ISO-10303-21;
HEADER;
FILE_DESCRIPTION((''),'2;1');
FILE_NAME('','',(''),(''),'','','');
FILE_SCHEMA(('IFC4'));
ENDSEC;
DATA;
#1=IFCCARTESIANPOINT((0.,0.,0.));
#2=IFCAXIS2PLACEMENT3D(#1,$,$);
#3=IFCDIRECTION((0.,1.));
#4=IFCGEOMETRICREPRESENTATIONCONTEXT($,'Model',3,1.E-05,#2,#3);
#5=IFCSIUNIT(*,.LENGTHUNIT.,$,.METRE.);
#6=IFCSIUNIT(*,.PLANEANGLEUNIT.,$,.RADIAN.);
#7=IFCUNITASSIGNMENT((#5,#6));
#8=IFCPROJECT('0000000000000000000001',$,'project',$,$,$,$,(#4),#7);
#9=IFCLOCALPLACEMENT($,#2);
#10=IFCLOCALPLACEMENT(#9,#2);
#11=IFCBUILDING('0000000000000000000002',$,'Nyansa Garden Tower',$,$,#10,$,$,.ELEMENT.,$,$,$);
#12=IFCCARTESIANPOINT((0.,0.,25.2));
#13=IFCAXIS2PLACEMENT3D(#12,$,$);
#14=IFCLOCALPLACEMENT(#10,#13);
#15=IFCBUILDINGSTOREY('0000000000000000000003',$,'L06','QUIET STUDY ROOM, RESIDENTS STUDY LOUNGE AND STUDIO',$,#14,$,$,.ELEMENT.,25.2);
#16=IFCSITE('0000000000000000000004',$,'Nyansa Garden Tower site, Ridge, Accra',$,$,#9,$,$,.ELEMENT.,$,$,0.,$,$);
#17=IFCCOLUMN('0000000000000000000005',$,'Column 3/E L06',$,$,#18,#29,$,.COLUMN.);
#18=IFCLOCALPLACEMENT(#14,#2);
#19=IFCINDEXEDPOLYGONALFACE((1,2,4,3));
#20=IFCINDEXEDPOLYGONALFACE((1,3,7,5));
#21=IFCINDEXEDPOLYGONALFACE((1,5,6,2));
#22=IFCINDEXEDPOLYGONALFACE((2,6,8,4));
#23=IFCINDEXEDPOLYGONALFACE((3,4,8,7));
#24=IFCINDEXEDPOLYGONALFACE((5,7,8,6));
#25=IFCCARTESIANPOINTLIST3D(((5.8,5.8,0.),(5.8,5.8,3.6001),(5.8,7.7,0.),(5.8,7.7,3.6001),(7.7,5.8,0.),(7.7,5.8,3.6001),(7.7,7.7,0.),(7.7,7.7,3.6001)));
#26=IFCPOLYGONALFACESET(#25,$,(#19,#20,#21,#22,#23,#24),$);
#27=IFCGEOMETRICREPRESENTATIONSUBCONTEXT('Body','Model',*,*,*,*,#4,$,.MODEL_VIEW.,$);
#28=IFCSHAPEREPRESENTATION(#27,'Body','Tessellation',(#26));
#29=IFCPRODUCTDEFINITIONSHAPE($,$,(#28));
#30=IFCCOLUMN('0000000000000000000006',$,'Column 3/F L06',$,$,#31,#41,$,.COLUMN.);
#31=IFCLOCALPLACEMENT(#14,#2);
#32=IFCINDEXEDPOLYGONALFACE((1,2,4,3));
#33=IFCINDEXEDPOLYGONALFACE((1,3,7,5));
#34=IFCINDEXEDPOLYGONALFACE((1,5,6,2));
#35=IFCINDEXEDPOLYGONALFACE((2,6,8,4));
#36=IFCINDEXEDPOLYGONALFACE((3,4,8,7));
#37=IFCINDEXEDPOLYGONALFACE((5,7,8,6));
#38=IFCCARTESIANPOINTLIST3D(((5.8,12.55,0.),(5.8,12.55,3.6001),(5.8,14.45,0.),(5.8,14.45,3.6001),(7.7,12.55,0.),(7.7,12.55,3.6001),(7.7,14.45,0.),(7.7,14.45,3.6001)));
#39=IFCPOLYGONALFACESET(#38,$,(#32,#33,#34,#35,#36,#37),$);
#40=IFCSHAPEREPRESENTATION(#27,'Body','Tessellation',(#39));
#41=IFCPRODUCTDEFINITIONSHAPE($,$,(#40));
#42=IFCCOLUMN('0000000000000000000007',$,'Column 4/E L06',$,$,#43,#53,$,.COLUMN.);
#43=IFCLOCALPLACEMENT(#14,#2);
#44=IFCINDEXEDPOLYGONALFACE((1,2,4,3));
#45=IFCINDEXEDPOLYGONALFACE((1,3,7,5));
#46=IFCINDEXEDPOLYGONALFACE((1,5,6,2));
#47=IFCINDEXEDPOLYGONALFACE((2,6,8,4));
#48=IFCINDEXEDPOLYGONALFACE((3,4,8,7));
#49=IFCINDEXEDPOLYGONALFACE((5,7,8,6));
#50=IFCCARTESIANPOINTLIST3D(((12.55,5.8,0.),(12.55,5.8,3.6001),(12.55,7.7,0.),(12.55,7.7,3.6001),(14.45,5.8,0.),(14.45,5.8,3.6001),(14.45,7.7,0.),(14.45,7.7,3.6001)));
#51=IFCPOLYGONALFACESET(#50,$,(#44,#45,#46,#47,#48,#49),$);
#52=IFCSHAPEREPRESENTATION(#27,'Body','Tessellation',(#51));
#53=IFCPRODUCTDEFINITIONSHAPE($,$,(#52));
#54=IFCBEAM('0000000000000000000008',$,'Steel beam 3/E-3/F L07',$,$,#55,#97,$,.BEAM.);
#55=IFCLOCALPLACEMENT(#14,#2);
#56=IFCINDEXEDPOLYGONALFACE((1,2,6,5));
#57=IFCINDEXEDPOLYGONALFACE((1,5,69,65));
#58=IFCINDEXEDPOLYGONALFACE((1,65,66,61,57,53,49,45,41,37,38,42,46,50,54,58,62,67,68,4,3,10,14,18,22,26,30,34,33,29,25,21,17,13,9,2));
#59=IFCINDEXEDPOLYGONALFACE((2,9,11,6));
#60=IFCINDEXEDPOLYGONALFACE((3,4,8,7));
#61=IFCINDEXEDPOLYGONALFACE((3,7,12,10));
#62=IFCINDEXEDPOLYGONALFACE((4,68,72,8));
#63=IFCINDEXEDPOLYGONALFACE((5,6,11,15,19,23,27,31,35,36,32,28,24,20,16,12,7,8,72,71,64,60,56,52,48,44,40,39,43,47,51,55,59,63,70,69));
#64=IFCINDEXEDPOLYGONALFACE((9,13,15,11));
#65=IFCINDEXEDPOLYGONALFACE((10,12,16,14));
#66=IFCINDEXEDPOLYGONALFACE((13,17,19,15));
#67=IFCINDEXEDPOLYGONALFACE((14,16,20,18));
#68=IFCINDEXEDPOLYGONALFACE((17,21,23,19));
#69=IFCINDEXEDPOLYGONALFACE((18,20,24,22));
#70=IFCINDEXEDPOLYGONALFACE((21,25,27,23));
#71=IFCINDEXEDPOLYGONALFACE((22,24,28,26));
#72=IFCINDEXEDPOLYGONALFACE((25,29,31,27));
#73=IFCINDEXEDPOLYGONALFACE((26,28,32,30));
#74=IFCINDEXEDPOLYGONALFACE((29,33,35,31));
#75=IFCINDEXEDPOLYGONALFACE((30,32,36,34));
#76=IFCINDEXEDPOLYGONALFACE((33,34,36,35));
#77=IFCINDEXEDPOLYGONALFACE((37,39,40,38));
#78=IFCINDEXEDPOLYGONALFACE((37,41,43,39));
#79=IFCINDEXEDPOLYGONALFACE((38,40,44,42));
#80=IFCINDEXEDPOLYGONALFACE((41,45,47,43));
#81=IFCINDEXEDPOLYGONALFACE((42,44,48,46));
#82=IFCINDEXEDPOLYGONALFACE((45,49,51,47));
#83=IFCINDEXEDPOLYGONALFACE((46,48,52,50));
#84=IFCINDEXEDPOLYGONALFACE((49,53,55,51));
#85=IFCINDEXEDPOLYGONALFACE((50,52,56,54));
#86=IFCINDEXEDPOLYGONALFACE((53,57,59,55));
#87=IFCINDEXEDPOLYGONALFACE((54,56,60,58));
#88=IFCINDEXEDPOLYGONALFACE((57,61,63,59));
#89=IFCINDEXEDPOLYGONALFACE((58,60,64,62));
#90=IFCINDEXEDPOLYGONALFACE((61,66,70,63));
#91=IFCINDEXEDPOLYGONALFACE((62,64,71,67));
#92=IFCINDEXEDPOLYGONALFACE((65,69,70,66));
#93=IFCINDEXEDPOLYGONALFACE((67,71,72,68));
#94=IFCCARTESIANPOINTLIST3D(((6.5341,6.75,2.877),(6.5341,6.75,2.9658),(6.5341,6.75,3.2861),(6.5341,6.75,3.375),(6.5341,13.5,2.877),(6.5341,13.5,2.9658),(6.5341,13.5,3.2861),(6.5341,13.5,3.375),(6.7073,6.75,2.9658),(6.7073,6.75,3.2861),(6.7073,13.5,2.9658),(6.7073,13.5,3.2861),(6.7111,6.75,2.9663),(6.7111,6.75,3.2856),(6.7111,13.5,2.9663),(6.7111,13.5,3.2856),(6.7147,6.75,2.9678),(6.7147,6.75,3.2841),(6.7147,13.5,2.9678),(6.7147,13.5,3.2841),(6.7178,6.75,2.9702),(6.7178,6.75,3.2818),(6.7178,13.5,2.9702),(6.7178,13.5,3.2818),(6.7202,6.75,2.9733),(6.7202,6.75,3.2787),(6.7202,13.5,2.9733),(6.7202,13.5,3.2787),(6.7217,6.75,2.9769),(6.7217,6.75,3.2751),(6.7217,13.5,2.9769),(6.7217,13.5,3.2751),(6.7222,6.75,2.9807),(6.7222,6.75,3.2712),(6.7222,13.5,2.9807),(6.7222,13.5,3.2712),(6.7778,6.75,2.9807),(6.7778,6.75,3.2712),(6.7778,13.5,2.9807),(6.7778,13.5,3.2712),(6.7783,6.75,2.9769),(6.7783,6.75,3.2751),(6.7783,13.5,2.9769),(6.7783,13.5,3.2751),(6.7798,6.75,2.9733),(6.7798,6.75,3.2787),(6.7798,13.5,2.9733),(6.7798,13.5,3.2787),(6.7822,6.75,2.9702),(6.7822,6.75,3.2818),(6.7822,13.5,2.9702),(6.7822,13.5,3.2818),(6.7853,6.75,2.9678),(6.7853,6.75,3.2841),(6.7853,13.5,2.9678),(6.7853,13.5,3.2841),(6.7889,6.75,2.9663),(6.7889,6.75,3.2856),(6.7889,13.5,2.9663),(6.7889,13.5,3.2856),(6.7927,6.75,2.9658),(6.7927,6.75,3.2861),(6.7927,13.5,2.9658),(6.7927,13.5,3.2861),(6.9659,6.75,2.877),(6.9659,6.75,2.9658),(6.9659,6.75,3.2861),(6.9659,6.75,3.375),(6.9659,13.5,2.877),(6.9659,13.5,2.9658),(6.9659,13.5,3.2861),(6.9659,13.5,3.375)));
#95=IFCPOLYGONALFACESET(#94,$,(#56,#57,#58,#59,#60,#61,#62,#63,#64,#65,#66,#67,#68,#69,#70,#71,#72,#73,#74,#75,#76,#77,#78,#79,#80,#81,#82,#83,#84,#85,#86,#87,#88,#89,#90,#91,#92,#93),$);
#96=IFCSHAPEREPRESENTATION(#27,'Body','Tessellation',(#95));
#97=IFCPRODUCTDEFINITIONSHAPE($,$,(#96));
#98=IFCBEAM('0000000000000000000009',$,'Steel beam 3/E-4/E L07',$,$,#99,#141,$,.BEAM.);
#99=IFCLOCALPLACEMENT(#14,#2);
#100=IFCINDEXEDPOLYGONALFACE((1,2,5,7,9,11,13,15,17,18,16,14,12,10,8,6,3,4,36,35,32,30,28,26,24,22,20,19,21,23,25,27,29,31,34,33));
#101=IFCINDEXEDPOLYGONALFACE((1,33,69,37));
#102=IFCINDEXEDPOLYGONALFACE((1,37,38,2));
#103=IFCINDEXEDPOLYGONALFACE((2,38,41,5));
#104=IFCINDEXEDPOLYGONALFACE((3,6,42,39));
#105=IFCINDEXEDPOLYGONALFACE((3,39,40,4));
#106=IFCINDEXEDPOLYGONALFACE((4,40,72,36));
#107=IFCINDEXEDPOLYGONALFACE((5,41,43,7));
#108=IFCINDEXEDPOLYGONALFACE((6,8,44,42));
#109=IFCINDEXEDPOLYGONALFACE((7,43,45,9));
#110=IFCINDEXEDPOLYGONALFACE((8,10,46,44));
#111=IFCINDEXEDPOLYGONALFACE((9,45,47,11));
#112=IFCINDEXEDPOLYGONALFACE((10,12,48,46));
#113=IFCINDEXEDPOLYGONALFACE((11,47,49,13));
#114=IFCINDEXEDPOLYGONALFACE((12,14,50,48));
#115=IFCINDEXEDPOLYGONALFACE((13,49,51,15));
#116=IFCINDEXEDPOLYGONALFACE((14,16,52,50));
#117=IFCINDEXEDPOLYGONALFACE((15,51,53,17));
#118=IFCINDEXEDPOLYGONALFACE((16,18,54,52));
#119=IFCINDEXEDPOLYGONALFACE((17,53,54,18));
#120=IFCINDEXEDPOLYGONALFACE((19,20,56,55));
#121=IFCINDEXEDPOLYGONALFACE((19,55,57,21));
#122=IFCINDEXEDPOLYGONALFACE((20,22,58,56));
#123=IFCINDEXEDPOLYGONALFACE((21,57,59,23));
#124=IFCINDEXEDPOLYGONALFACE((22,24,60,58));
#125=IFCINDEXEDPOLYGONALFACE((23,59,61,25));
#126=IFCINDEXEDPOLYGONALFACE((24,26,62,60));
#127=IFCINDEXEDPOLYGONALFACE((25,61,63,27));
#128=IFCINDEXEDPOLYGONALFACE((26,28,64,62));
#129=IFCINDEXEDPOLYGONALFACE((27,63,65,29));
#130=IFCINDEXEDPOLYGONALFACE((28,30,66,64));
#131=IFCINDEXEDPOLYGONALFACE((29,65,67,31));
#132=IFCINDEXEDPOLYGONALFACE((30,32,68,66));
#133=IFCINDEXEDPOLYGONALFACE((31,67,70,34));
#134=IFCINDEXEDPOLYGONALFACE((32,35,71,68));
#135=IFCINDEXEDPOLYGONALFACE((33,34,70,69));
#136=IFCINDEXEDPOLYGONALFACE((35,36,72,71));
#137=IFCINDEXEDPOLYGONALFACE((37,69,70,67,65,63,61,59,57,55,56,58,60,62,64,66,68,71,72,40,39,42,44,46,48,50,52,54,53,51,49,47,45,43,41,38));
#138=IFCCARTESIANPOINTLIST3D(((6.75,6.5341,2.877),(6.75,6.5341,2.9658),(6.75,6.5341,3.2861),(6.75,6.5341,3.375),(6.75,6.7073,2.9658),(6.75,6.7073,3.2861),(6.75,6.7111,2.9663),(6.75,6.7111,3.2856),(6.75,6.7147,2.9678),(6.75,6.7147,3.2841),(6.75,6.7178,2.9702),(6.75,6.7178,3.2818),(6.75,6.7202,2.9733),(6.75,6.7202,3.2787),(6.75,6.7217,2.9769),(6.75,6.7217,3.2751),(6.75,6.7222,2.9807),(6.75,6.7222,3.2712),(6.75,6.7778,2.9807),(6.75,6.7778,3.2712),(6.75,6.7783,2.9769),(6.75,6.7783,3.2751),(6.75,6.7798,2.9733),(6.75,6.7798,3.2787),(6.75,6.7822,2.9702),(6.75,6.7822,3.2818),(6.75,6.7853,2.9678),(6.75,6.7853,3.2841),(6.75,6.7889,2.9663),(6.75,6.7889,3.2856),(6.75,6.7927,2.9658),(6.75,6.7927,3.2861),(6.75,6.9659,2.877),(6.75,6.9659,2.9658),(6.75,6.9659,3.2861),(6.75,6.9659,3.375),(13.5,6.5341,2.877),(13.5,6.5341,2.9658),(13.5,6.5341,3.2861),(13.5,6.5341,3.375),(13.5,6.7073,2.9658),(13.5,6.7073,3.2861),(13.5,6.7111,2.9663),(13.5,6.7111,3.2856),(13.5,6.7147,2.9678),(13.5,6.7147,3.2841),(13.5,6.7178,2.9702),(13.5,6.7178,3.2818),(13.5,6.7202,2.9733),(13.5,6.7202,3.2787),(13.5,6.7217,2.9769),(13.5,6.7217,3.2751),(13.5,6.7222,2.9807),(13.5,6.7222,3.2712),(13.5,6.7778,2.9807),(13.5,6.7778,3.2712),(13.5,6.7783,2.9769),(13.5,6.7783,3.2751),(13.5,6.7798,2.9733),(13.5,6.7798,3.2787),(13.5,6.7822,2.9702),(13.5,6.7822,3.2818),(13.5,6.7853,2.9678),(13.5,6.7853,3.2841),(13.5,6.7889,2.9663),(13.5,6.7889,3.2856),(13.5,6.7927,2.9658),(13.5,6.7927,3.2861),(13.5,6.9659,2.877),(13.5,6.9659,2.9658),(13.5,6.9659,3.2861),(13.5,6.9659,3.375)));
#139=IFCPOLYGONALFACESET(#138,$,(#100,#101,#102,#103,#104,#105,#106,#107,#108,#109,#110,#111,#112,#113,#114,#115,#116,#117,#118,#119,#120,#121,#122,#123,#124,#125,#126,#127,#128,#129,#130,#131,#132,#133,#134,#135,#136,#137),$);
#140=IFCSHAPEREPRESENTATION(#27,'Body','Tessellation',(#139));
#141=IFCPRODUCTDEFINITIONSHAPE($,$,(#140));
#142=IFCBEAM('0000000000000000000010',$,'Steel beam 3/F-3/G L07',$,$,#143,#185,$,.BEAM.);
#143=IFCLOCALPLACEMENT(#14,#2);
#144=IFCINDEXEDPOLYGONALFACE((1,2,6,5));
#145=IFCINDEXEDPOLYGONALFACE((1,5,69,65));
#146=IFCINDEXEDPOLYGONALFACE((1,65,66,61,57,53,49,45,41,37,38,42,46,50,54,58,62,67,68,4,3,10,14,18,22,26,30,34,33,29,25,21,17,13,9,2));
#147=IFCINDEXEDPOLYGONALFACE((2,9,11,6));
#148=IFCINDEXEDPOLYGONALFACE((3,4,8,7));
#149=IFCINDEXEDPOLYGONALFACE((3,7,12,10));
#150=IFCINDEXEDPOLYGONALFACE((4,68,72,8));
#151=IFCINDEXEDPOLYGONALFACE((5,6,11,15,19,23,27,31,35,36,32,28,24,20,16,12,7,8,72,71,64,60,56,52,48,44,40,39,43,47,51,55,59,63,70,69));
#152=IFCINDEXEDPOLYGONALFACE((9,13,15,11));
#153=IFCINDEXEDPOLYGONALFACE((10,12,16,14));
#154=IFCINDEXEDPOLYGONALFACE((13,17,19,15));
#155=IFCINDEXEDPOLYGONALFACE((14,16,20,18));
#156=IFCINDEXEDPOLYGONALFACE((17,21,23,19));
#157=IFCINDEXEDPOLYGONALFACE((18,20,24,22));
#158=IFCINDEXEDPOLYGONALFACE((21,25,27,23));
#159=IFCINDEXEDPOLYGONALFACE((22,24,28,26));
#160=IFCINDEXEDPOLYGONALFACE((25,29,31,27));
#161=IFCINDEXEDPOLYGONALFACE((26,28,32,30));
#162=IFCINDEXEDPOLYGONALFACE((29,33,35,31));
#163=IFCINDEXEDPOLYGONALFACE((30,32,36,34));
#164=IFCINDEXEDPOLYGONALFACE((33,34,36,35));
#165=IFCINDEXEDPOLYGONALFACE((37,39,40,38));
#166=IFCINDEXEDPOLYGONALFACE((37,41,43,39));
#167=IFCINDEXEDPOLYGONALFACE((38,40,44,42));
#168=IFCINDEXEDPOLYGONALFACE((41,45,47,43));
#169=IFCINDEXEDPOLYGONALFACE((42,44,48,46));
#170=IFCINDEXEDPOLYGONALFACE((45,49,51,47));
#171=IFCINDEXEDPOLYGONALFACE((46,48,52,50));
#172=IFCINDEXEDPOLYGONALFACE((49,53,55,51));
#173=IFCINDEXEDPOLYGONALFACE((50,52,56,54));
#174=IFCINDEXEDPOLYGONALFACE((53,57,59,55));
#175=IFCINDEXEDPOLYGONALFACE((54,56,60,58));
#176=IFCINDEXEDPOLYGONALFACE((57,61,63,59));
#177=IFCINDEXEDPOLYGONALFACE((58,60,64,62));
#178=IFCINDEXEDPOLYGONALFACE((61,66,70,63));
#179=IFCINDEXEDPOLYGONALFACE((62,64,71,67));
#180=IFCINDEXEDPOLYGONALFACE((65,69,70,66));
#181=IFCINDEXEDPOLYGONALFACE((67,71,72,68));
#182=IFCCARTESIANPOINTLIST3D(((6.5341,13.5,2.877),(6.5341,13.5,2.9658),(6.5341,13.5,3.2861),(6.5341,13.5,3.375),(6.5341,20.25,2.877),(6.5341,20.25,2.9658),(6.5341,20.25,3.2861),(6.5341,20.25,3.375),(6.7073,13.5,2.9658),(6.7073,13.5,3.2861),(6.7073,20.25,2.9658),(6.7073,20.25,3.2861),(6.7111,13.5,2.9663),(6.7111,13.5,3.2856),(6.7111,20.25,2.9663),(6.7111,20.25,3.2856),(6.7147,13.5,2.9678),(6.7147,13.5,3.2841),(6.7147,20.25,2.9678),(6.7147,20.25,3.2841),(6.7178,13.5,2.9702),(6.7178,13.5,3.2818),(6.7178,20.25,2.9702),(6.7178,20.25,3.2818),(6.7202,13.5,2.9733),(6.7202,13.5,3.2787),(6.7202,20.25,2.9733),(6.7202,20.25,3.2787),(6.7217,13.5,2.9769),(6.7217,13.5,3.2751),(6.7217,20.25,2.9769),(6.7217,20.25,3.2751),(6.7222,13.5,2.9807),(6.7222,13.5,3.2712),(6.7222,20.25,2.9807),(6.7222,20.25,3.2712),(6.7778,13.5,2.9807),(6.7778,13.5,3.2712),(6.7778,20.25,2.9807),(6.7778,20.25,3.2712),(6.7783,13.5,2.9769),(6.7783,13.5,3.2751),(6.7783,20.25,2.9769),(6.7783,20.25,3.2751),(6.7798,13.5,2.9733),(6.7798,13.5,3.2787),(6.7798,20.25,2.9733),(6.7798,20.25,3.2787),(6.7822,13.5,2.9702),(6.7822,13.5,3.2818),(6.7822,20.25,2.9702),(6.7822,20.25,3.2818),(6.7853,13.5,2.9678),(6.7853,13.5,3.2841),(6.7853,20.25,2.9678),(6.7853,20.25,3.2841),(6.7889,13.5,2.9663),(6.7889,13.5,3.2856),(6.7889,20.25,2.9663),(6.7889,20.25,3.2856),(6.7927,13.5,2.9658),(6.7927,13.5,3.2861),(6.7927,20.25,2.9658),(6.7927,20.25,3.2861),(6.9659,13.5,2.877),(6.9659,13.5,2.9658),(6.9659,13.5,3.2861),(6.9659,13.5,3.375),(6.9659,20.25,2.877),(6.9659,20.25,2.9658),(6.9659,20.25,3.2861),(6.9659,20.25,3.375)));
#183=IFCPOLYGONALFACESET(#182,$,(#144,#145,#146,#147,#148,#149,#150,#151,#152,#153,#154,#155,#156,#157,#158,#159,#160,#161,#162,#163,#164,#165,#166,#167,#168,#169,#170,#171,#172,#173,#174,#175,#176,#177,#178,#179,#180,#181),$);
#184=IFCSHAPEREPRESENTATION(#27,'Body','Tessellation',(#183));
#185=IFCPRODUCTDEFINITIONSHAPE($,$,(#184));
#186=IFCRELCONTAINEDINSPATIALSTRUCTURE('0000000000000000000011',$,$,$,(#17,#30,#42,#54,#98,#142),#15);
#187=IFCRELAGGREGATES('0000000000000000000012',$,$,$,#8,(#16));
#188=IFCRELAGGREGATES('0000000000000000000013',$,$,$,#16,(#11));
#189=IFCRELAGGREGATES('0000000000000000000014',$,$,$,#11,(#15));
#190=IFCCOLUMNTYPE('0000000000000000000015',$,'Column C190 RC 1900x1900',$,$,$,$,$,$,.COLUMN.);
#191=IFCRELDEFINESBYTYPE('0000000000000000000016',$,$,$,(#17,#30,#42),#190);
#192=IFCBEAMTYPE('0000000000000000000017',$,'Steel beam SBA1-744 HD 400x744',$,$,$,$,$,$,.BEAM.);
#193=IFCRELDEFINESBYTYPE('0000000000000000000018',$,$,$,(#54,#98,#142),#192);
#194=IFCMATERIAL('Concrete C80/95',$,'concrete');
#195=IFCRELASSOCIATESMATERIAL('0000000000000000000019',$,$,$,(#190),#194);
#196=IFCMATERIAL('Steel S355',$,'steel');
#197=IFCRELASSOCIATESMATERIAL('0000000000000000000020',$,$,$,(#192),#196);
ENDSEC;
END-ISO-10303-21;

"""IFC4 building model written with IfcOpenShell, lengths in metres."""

from ifc_helpers import new_model, si_unit, direction, frame, origin, origin_2d, place, context, subcontext, project, spatial, rectangle, i_section, extrude, material, material_profile, profile_set, type_object, element, save


model = new_model("IFC4")

# Units and contexts
model_context = context("Model", 3, precision=1e-05, world=origin(), true_north=direction((0.0, 1.0)))
body_context = subcontext(model_context, "Body", "Model", "MODEL_VIEW")
ifc_project = project(units=[si_unit("LENGTHUNIT", "METRE"), si_unit("PLANEANGLEUNIT", "RADIAN")], contexts=[model_context])

# Site, building, storey
site_placement = place(None, origin())
site = spatial("IfcSite", under=ifc_project, at=site_placement, Name="Nyansa Garden Tower site, Ridge, Accra", CompositionType="ELEMENT", RefElevation=0.0)
building_placement = place(site_placement, origin())
building = spatial("IfcBuilding", under=site, at=building_placement, Name="Nyansa Garden Tower", CompositionType="ELEMENT")
storey_placement = place(building_placement, frame((0.0, 0.0, 25.2)))
storey = spatial("IfcBuildingStorey", under=building, at=storey_placement, Name="L06", Description="QUIET STUDY ROOM, RESIDENTS STUDY LOUNGE AND STUDIO", CompositionType="ELEMENT", Elevation=25.2)

# Columns
ifc_material_1 = material(Name="Concrete C80/95", Category="concrete")
ifc_material_profile_1 = material_profile(ifc_material_1, rectangle(XDim=1.8999, YDim=1.8999, at=origin_2d()), Name="RC 1900x1900")
ifc_profile_set_1 = profile_set([ifc_material_profile_1], Name="Concrete C80/95")
column_type = type_object("IfcColumnType", Name="Column C190 RC 1900x1900", PredefinedType="COLUMN", material=ifc_profile_set_1)
for number, where, z_axis, x_axis, name in (
    (1, (6.75, 6.75, 0.0), (0.0, 0.0, 1.0), (1.0, 0.0, 0.0), "Column 3/E L06"),
    (2, (6.75, 13.5, 0.0), (0.0, 0.0, 1.0), (1.0, 0.0, 0.0), "Column 3/F L06"),
    (3, (13.5, 6.75, 0.0), (0.0, 0.0, 1.0), (1.0, 0.0, 0.0), "Column 4/E L06"),
):
    element("IfcColumn", number, at=place(storey_placement, frame(where, z_axis=z_axis, x_axis=x_axis)), inside=storey, type_object=column_type, Name=name, PredefinedType="COLUMN", context=body_context, shape_type="SweptSolid", body=[
        extrude(rectangle(XDim=1.8999, YDim=1.8999, at=origin_2d()), origin(), (0.0, 0.0, 1.0), 3.6001),
    ])

# Beams
ifc_material_2 = material(Name="Steel S355", Category="steel")
ifc_material_profile_2 = material_profile(ifc_material_2, i_section(OverallWidth=0.4319, OverallDepth=0.498, WebThickness=0.0557, FlangeThickness=0.0889, FilletRadius=0.0149, at=origin_2d()), Name="HD 400x744")
ifc_profile_set_2 = profile_set([ifc_material_profile_2], Name="Steel S355")
beam_type_1 = type_object("IfcBeamType", Name="Steel beam SBA1-744 HD 400x744", PredefinedType="BEAM", material=ifc_profile_set_2)
for number, where, z_axis, x_axis, name in (
    (4, (6.75, 6.75, 3.126), (0.0, 1.0, 0.0), (-1.0, 0.0, 0.0), "Steel beam 3/E-3/F L07"),
    (5, (6.75, 6.75, 3.126), (1.0, 0.0, 0.0), (0.0, 1.0, 0.0), "Steel beam 3/E-4/E L07"),
    (6, (6.75, 13.5, 3.126), (0.0, 1.0, 0.0), (-1.0, 0.0, 0.0), "Steel beam 3/F-3/G L07"),
):
    element("IfcBeam", number, at=place(storey_placement, frame(where, z_axis=z_axis, x_axis=x_axis)), inside=storey, type_object=beam_type_1, Name=name, PredefinedType="BEAM", context=body_context, shape_type="SweptSolid", body=[
        extrude(i_section(OverallWidth=0.4319, OverallDepth=0.498, WebThickness=0.0557, FlangeThickness=0.0889, FilletRadius=0.0149, at=origin_2d()), origin(), (0.0, 0.0, 1.0), 6.75),
    ])

save(model, "model.ifc")
